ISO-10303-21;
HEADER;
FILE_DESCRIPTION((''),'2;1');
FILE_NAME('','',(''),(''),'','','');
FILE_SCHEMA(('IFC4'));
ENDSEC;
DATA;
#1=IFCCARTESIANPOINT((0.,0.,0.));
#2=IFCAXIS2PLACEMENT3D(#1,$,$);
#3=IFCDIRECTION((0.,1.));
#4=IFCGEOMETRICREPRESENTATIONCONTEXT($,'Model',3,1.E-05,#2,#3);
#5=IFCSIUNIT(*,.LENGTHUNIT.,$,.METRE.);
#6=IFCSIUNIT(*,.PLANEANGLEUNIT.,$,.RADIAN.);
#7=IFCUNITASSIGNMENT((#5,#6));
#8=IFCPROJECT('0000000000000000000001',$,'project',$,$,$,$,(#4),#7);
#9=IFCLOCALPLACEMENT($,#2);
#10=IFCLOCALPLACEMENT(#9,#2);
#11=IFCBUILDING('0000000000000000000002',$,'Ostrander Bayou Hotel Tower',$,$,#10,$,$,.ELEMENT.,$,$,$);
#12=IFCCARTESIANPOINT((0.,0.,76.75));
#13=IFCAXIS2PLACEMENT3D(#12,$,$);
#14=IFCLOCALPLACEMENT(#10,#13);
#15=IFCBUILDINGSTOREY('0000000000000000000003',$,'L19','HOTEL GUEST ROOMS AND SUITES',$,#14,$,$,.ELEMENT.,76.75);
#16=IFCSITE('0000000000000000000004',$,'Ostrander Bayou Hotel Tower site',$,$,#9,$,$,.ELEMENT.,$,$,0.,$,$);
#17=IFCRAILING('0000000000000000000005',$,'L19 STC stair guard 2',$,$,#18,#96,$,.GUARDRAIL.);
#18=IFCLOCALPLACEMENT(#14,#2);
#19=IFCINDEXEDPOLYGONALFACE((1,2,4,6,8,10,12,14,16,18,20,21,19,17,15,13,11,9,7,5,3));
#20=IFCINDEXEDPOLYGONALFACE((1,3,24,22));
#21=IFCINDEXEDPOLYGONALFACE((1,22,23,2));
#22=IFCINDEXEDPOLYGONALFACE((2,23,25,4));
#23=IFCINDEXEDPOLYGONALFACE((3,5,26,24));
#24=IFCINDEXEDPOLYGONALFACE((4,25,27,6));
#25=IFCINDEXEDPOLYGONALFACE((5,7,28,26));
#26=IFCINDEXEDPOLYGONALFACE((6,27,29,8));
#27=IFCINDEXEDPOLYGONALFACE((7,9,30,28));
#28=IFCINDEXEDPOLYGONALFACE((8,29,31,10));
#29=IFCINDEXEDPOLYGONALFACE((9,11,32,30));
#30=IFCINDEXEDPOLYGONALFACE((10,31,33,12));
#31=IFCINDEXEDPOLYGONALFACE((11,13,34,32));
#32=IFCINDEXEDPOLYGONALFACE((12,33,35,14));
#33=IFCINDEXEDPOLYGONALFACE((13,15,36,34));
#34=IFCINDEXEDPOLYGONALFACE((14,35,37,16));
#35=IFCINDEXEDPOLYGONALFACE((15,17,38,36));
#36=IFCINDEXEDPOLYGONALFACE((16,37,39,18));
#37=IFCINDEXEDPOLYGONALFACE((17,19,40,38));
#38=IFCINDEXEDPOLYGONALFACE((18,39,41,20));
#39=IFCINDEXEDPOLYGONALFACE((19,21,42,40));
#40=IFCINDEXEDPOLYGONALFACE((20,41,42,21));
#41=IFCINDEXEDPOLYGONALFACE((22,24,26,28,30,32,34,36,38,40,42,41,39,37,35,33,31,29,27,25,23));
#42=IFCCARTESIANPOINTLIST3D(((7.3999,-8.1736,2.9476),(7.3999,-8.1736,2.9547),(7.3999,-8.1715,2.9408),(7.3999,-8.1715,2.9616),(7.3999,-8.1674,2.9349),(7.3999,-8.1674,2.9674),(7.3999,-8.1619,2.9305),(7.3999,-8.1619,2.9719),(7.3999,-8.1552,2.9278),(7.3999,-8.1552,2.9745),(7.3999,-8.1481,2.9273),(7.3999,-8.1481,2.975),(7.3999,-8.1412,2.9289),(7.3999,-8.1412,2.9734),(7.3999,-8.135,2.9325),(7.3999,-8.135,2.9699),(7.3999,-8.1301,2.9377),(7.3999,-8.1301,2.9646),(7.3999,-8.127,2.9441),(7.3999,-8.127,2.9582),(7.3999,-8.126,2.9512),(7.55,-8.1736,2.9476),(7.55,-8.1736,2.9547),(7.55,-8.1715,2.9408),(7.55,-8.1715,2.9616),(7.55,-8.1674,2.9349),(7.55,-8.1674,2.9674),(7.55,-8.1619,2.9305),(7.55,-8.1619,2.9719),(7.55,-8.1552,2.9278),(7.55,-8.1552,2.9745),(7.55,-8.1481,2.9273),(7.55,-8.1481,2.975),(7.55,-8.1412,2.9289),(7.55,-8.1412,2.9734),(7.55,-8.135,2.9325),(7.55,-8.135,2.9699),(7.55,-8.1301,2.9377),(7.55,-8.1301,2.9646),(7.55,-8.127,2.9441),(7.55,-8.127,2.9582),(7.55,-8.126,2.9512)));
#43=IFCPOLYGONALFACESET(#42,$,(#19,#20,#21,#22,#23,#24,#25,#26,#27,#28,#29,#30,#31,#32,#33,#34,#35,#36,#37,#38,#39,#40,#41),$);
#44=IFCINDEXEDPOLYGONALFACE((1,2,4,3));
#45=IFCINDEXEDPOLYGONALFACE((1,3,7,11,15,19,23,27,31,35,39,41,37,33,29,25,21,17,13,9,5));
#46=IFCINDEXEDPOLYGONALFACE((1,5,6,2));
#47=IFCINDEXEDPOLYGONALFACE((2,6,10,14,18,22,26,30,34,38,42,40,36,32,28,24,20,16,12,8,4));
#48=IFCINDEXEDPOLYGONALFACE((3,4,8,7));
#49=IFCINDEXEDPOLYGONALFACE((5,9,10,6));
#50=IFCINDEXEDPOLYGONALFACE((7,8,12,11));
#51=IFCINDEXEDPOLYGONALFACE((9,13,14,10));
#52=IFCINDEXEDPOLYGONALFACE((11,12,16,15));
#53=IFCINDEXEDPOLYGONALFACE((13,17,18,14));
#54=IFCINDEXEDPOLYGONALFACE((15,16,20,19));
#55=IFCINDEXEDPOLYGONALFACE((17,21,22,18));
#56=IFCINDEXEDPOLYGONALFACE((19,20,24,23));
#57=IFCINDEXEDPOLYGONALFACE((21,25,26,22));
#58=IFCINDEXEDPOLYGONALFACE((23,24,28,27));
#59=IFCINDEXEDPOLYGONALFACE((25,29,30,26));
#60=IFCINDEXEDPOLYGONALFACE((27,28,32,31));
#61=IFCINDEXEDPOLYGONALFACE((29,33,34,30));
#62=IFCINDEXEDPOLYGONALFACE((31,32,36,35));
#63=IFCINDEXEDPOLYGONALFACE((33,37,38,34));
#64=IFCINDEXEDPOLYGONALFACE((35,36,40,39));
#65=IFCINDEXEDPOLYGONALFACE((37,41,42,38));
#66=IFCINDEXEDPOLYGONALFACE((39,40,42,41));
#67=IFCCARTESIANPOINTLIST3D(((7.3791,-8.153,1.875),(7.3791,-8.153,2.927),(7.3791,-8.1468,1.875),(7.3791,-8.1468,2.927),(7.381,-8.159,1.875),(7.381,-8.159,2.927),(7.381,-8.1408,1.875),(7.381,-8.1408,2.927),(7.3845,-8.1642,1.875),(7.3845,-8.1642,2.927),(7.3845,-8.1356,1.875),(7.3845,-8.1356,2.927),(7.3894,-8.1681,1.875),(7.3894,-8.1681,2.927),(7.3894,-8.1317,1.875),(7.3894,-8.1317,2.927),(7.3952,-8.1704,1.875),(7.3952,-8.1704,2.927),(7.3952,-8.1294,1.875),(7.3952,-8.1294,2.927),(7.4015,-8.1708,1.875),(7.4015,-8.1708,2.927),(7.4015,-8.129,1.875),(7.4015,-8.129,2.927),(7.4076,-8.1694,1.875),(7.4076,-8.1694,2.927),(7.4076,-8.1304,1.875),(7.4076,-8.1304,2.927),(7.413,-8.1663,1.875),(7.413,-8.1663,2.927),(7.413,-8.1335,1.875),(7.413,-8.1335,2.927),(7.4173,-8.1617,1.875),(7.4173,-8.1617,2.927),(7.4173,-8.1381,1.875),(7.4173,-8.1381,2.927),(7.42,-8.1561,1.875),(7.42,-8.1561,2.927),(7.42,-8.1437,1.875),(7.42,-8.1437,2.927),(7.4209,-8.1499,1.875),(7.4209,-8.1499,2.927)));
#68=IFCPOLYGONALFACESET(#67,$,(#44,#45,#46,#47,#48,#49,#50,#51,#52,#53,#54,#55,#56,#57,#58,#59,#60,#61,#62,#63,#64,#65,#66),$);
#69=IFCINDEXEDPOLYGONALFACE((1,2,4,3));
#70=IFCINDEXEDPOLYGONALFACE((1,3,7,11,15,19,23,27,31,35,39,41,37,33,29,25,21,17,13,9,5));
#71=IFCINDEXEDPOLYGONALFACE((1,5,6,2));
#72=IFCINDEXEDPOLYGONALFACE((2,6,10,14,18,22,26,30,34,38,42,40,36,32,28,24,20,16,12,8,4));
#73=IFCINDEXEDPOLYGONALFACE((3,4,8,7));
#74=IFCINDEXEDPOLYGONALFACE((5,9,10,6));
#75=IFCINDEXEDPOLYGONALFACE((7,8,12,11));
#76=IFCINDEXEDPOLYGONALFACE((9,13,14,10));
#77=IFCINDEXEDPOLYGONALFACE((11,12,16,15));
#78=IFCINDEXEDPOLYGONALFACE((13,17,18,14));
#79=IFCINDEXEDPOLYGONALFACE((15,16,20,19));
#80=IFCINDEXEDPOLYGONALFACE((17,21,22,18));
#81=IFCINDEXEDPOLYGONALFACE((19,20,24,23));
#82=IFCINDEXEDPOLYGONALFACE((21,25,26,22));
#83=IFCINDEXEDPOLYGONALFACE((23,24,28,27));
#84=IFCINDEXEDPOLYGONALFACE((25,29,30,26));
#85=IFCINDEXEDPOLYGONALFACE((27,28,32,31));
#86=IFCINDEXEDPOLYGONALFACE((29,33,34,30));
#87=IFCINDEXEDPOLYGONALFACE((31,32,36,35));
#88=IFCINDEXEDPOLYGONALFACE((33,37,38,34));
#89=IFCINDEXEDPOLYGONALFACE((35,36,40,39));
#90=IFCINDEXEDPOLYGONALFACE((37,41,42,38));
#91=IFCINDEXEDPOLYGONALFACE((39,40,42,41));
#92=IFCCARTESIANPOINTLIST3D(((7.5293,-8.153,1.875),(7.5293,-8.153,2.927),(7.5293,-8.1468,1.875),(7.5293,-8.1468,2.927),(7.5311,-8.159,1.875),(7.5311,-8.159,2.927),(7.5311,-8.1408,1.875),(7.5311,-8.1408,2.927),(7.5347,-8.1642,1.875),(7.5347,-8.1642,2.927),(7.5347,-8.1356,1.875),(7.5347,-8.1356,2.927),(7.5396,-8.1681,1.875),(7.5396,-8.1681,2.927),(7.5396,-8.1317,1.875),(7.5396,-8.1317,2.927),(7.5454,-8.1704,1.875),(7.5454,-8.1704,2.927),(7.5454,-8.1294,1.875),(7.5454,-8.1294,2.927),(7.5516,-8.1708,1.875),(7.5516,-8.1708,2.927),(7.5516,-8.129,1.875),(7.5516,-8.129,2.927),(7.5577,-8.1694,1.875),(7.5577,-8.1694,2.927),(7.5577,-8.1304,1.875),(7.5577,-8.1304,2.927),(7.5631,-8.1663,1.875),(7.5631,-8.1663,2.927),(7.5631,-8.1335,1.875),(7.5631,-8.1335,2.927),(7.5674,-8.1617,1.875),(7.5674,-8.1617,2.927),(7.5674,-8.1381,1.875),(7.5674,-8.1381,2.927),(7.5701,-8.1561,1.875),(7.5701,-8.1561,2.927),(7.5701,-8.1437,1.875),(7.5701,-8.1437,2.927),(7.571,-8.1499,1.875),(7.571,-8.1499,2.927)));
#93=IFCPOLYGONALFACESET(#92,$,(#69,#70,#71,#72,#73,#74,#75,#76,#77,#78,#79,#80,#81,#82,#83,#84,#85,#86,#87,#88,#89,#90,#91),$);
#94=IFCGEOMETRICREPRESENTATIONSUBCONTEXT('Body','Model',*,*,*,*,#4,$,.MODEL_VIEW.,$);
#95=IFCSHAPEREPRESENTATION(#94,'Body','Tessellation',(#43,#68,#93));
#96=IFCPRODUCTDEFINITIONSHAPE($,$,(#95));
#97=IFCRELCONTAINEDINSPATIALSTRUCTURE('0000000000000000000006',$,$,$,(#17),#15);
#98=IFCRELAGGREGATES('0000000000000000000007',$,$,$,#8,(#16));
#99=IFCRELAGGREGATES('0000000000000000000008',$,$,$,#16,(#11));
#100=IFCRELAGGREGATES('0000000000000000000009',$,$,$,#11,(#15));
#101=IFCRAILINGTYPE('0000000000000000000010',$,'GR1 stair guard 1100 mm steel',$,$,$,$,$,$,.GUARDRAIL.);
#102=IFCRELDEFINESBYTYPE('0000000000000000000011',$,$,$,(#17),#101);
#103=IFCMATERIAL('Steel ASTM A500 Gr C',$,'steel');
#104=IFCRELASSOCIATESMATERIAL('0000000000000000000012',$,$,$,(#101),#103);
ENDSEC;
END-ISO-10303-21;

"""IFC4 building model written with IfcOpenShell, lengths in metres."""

from ifc_helpers import new_model, si_unit, direction, frame, origin, origin_2d, place, context, subcontext, project, spatial, circle, extrude, material, type_object, element, save


model = new_model("IFC4")

# Units and contexts
model_context = context("Model", 3, precision=1e-05, world=origin(), true_north=direction((0.0, 1.0)))
body_context = subcontext(model_context, "Body", "Model", "MODEL_VIEW")
ifc_project = project(units=[si_unit("LENGTHUNIT", "METRE"), si_unit("PLANEANGLEUNIT", "RADIAN")], contexts=[model_context])

# Site, building, storey
site_placement = place(None, origin())
site = spatial("IfcSite", under=ifc_project, at=site_placement, Name="Ostrander Bayou Hotel Tower site", CompositionType="ELEMENT", RefElevation=0.0)
building_placement = place(site_placement, origin())
building = spatial("IfcBuilding", under=site, at=building_placement, Name="Ostrander Bayou Hotel Tower", CompositionType="ELEMENT")
storey_placement = place(building_placement, frame((0.0, 0.0, 76.75)))
storey = spatial("IfcBuildingStorey", under=building, at=storey_placement, Name="L19", Description="HOTEL GUEST ROOMS AND SUITES", CompositionType="ELEMENT", Elevation=76.75)

# Railing
ifc_material_1 = material(Name="Steel ASTM A500 Gr C", Category="steel")
railing_type_1 = type_object("IfcRailingType", Name="GR1 stair guard 1100 mm steel", PredefinedType="GUARDRAIL", material=ifc_material_1)
railing_1_placement = place(storey_placement, frame((7.3999, -8.1499, 1.875)))
element("IfcRailing", 1, at=railing_1_placement, inside=storey, type_object=railing_type_1, Name="L19 STC stair guard 2", PredefinedType="GUARDRAIL", context=body_context, shape_type="SweptSolid", body=[
    extrude(circle(Radius=0.0239, at=origin_2d()), frame((0.0, 0.0, 1.0762), z_axis=(1.0, 0.0, 0.0), x_axis=(0.0, 1.0, 0.0)), (0.0, 0.0, 1.0), 0.1501),
    extrude(circle(Radius=0.021, at=origin_2d()), origin(), (0.0, 0.0, 1.0), 1.052),
    extrude(circle(Radius=0.021, at=origin_2d()), frame((0.1501, 0.0, 0.0)), (0.0, 0.0, 1.0), 1.052),
])

save(model, "model.ifc")
